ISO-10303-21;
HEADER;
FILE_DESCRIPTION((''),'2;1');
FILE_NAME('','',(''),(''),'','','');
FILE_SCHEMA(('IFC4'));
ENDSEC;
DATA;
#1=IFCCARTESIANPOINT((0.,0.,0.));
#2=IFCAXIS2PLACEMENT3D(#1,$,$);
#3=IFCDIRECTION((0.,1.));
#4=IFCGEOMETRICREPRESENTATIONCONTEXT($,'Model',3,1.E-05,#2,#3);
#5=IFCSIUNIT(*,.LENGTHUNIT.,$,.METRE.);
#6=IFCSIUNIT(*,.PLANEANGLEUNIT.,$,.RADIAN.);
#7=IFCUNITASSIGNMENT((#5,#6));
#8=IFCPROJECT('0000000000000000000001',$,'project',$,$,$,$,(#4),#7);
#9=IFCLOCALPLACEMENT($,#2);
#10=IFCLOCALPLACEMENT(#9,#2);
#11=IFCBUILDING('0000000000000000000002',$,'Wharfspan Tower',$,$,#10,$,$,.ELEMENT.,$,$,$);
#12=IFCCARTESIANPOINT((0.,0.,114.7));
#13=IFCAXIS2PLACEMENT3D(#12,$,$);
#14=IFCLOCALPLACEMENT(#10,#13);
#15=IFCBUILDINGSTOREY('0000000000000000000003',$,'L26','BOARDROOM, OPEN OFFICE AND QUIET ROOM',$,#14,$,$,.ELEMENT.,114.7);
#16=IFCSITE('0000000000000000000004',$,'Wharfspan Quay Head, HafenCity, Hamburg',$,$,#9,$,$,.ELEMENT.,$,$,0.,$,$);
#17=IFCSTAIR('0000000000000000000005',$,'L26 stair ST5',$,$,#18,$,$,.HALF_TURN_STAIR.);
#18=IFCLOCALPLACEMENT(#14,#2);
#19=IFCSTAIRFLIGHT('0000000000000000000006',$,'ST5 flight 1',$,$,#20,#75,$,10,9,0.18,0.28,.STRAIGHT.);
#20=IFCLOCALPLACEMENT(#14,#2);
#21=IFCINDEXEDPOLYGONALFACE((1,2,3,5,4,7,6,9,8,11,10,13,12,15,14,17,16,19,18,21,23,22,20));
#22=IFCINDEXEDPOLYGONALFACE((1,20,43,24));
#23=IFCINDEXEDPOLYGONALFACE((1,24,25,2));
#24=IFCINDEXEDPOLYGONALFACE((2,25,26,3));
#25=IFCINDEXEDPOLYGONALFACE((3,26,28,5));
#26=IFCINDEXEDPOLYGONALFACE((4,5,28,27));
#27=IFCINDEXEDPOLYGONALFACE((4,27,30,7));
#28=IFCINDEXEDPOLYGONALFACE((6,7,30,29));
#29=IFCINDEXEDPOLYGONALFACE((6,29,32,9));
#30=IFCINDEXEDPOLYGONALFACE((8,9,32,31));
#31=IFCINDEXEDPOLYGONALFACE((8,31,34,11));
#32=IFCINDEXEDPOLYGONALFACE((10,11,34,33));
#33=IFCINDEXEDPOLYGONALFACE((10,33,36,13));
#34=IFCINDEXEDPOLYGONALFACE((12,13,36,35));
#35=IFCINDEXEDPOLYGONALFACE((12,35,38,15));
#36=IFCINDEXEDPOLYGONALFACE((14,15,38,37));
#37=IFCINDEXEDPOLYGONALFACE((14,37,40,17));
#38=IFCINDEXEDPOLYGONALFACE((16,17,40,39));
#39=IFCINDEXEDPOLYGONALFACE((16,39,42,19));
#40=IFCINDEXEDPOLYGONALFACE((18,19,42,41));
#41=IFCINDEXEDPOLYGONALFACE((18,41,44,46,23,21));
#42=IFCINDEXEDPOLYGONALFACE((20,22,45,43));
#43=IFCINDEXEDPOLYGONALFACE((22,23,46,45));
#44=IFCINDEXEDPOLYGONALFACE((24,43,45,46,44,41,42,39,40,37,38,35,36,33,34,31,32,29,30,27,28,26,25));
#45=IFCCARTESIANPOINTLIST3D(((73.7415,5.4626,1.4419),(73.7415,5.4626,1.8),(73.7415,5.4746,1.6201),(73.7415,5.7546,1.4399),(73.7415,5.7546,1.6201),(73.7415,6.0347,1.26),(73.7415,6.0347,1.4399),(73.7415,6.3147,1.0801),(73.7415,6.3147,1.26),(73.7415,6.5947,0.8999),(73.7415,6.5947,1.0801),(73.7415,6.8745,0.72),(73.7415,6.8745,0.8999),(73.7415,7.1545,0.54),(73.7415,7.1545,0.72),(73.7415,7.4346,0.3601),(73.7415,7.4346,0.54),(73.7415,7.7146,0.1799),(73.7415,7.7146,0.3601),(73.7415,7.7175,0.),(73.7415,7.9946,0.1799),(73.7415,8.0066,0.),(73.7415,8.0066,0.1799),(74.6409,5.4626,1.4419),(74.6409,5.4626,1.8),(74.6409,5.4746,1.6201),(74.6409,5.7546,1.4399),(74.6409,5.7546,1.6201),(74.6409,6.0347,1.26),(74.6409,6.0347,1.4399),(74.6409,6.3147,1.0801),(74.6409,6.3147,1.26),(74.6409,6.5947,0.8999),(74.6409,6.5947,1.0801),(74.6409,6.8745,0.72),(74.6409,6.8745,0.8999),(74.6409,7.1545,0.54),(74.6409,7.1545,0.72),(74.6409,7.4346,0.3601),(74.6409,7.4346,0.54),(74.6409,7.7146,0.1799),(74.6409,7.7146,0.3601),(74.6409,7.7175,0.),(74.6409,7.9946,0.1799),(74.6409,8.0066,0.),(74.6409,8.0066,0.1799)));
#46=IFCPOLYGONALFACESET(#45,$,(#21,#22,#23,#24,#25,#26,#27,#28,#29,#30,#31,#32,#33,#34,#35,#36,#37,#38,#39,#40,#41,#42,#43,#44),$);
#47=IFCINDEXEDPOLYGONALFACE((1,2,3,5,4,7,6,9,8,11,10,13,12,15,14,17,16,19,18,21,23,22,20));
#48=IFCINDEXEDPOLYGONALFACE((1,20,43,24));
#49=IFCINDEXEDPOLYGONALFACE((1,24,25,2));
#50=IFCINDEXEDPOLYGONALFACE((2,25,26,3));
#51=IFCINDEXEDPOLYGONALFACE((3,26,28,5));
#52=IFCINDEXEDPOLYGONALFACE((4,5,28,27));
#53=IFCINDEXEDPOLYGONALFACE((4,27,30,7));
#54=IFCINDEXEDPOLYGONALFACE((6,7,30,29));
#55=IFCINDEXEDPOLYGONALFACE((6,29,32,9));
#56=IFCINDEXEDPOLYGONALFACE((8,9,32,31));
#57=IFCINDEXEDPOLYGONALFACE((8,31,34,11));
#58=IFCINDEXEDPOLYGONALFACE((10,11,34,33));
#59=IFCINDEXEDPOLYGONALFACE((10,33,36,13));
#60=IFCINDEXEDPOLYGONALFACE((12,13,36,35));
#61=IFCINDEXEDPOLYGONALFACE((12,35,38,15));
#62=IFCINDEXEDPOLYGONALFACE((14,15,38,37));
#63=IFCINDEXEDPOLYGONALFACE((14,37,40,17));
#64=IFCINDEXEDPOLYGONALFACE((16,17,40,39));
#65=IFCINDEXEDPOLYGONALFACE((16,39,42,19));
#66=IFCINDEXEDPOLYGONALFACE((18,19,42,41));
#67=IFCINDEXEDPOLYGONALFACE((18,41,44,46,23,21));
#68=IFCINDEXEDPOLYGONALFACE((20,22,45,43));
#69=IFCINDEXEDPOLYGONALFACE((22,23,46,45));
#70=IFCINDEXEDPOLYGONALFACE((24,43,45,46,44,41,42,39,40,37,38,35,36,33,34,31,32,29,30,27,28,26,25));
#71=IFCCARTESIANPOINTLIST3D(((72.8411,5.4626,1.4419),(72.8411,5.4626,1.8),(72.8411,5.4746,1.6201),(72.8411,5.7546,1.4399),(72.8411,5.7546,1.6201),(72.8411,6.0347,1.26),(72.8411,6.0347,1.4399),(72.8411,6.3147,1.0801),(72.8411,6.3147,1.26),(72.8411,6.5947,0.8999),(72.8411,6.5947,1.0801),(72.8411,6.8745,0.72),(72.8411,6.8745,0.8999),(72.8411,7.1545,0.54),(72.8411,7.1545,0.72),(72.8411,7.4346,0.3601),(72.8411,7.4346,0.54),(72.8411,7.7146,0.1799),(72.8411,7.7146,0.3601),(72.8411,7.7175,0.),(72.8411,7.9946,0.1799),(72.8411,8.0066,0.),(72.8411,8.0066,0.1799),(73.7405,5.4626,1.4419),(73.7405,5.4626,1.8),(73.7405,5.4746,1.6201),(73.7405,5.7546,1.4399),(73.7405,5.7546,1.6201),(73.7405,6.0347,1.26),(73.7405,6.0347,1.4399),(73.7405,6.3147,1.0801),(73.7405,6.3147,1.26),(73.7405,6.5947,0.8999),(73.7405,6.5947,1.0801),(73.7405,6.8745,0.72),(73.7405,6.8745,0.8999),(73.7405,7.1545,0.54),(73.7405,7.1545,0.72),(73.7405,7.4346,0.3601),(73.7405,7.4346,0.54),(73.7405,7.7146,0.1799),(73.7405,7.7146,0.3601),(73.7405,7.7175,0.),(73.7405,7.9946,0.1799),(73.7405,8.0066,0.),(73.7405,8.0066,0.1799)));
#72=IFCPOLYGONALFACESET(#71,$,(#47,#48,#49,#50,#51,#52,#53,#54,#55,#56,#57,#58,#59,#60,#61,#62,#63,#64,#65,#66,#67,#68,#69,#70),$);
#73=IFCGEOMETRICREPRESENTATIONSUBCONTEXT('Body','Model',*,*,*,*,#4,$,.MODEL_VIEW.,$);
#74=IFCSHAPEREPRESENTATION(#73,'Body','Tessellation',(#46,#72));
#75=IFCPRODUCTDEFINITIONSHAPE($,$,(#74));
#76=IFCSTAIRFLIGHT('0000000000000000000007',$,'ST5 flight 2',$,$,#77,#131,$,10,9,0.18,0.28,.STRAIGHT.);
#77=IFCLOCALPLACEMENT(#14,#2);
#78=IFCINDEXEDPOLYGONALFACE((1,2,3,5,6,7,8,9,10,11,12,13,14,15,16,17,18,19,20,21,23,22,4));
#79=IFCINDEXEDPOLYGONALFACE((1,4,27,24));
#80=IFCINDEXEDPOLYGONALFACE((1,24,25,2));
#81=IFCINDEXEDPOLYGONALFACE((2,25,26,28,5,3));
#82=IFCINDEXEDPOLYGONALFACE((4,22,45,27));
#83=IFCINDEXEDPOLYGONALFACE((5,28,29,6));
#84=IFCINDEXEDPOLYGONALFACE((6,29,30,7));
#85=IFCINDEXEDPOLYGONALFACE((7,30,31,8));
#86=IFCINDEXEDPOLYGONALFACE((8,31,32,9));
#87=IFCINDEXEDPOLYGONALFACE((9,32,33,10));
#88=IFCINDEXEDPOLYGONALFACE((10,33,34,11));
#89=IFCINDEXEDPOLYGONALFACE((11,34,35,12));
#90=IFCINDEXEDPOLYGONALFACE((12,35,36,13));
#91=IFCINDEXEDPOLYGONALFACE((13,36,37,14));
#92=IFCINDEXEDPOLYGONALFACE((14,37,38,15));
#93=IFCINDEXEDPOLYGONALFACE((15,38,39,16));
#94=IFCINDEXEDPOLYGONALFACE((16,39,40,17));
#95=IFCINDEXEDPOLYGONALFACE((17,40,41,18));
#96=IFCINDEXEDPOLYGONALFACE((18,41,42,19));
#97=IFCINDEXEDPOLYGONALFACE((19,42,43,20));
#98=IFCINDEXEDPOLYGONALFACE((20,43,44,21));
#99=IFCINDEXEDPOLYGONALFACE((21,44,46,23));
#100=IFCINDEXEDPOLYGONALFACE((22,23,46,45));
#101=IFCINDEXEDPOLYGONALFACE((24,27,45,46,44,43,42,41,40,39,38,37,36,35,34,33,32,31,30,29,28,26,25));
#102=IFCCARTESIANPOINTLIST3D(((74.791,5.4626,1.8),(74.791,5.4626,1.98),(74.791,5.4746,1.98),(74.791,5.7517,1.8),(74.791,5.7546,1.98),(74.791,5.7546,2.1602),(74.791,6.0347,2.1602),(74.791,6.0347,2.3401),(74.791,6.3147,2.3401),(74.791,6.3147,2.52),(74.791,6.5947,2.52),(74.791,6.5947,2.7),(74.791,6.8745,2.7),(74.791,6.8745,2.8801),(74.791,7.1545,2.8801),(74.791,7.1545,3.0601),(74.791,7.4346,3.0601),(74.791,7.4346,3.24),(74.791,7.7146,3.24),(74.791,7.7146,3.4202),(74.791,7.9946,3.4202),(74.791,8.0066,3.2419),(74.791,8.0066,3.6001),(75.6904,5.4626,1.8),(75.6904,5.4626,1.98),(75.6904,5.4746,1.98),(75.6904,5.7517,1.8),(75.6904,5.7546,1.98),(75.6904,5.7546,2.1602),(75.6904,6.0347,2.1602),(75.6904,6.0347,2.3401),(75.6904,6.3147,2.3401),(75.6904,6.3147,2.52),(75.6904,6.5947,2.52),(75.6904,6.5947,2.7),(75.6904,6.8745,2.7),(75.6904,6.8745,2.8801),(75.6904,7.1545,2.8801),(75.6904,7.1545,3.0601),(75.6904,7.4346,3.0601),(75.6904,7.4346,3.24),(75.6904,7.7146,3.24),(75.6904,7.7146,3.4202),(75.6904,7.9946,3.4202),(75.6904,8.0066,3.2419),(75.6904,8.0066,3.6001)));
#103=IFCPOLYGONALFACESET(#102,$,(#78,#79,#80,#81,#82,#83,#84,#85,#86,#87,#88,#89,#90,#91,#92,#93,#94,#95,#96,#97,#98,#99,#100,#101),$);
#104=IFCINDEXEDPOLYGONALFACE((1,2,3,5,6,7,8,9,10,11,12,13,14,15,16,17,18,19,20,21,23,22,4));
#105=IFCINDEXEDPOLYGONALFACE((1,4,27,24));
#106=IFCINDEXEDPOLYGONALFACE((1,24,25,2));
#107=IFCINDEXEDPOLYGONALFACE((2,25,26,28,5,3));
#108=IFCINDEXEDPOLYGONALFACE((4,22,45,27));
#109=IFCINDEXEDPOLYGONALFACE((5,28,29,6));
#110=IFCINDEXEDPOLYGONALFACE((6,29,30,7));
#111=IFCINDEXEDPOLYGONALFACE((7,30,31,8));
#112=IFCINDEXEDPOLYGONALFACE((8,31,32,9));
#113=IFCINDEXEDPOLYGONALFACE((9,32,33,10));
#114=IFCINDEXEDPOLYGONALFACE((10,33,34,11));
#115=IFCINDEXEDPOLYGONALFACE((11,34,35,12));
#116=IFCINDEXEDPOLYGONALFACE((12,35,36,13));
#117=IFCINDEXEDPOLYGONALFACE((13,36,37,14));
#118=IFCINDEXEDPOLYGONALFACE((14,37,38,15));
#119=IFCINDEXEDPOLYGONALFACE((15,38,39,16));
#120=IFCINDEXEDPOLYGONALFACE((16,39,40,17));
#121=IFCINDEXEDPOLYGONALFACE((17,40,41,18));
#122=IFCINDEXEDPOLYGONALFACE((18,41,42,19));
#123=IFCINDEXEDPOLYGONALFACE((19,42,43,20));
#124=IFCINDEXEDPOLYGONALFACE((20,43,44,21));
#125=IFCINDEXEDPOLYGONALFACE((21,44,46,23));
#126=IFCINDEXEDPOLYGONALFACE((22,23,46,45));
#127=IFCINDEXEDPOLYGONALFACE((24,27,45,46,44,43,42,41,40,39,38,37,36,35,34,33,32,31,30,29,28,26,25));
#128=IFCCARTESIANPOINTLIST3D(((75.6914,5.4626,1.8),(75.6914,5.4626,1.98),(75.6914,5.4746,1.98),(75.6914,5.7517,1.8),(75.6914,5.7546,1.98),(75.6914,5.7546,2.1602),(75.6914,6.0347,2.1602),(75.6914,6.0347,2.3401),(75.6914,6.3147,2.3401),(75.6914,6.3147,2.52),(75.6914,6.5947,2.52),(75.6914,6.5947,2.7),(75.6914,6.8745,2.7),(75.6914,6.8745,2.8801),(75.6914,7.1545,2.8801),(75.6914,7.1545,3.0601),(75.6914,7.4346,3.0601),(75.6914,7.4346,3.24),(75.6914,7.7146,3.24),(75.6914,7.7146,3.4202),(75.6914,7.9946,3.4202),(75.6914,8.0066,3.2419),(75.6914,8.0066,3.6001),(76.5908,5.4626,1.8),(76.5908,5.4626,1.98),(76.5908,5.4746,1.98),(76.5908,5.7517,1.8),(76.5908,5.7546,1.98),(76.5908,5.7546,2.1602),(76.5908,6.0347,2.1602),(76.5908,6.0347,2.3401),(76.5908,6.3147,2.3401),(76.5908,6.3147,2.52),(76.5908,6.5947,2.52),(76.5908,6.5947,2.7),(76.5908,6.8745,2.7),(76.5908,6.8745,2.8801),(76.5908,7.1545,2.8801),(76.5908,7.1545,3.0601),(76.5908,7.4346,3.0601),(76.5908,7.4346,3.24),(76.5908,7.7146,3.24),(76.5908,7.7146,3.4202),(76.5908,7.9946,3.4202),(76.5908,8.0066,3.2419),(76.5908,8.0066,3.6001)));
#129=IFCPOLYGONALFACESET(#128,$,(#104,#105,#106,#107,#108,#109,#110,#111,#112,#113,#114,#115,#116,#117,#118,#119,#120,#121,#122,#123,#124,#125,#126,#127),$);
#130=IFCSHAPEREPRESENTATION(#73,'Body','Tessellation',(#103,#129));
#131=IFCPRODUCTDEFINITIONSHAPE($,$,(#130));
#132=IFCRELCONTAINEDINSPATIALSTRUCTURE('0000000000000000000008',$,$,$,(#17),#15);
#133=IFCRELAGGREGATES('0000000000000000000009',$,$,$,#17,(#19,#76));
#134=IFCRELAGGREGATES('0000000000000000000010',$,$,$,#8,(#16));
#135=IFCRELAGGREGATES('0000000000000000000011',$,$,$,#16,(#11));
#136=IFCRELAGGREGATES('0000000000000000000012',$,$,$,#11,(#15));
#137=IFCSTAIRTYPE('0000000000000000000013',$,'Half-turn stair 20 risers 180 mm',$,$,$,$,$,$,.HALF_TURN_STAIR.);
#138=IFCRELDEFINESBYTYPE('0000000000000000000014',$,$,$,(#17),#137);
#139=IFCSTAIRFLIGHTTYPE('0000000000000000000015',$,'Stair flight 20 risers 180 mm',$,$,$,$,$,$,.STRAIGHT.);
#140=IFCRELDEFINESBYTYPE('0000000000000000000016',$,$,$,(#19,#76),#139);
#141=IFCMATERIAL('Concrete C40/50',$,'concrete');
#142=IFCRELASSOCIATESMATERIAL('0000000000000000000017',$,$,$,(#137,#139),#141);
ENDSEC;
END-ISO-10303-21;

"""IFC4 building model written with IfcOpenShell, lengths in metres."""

from ifc_helpers import new_model, si_unit, direction, frame, origin, place, context, subcontext, project, spatial, polyline, outline, extrude, material, type_object, element, aggregate, save


model = new_model("IFC4")

# Units and contexts
model_context = context("Model", 3, precision=1e-05, world=origin(), true_north=direction((0.0, 1.0)))
body_context = subcontext(model_context, "Body", "Model", "MODEL_VIEW")
ifc_project = project(units=[si_unit("LENGTHUNIT", "METRE"), si_unit("PLANEANGLEUNIT", "RADIAN")], contexts=[model_context])

# Site, building, storey
site_placement = place(None, origin())
site = spatial("IfcSite", under=ifc_project, at=site_placement, Name="Wharfspan Quay Head, HafenCity, Hamburg", CompositionType="ELEMENT", RefElevation=0.0)
building_placement = place(site_placement, origin())
building = spatial("IfcBuilding", under=site, at=building_placement, Name="Wharfspan Tower", CompositionType="ELEMENT")
storey_placement = place(building_placement, frame((0.0, 0.0, 114.7)))
storey = spatial("IfcBuildingStorey", under=building, at=storey_placement, Name="L26", Description="BOARDROOM, OPEN OFFICE AND QUIET ROOM", CompositionType="ELEMENT", Elevation=114.7)

# Shared definitions
ifc_material_1 = material(Name="Concrete C40/50", Category="concrete")

# Stair, stair flights
stair_type = type_object("IfcStairType", Name="Half-turn stair 20 risers 180 mm", PredefinedType="HALF_TURN_STAIR", material=ifc_material_1)
stair_placement = place(storey_placement, origin())
stair = element("IfcStair", 1, at=stair_placement, inside=storey, type_object=stair_type, Name="L26 stair ST5", PredefinedType="HALF_TURN_STAIR")
stair_flight_type = type_object("IfcStairFlightType", Name="Stair flight 20 risers 180 mm", PredefinedType="STRAIGHT", material=ifc_material_1)
stair_flight_1_placement = place(storey_placement, frame((73.741, 7.9946, 0.0), z_axis=(0.0, 0.0, 1.0), x_axis=(0.0, -1.0, 0.0)))
stair_flight_1 = element("IfcStairFlight", 2, at=stair_flight_1_placement, type_object=stair_flight_type, Name="ST5 flight 1", NumberOfRisers=10, NumberOfTreads=9, PredefinedType="STRAIGHT", RiserHeight=0.18, TreadLength=0.28, context=body_context, shape_type="SweptSolid", body=[
    extrude(outline(polyline([(-0.012, 0.0), (-0.012, 0.1799), (0.0, 0.1799), (0.28, 0.1799), (0.28, 0.3601), (0.5601, 0.3601), (0.5601, 0.54), (0.8401, 0.54), (0.8401, 0.72), (1.1201, 0.72), (1.1201, 0.8999), (1.3999, 0.8999), (1.3999, 1.0801), (1.6799, 1.0801), (1.6799, 1.26), (1.96, 1.26), (1.96, 1.4399), (2.24, 1.4399), (2.24, 1.6201), (2.52, 1.6201), (2.532, 1.8), (2.532, 1.4419), (0.2771, 0.0), (-0.012, 0.0)])), frame((0.0, 0.8999, 0.0), z_axis=(0.0, -1.0, 0.0), x_axis=(1.0, 0.0, 0.0)), (0.0, 0.0, 1.0), 0.8994),
    extrude(outline(polyline([(-0.012, 0.0), (-0.012, 0.1799), (0.0, 0.1799), (0.28, 0.1799), (0.28, 0.3601), (0.5601, 0.3601), (0.5601, 0.54), (0.8401, 0.54), (0.8401, 0.72), (1.1201, 0.72), (1.1201, 0.8999), (1.3999, 0.8999), (1.3999, 1.0801), (1.6799, 1.0801), (1.6799, 1.26), (1.96, 1.26), (1.96, 1.4399), (2.24, 1.4399), (2.24, 1.6201), (2.52, 1.6201), (2.532, 1.8), (2.532, 1.4419), (0.2771, 0.0), (-0.012, 0.0)])), frame((0.0, -0.0005, 0.0), z_axis=(0.0, -1.0, 0.0), x_axis=(1.0, 0.0, 0.0)), (0.0, 0.0, 1.0), 0.8994),
])
stair_flight_2_placement = place(storey_placement, frame((75.6909, 5.4746, 1.8), z_axis=(0.0, 0.0, 1.0), x_axis=(0.0, 1.0, 0.0)))
stair_flight_2 = element("IfcStairFlight", 3, at=stair_flight_2_placement, type_object=stair_flight_type, Name="ST5 flight 2", NumberOfRisers=10, NumberOfTreads=9, PredefinedType="STRAIGHT", RiserHeight=0.18, TreadLength=0.28, context=body_context, shape_type="SweptSolid", body=[
    extrude(outline(polyline([(-0.012, 0.0), (-0.012, 0.1799), (0.0, 0.1799), (0.28, 0.1799), (0.28, 0.3601), (0.5601, 0.3601), (0.5601, 0.54), (0.8401, 0.54), (0.8401, 0.72), (1.1201, 0.72), (1.1201, 0.8999), (1.3999, 0.8999), (1.3999, 1.0801), (1.6799, 1.0801), (1.6799, 1.26), (1.96, 1.26), (1.96, 1.4399), (2.24, 1.4399), (2.24, 1.6201), (2.52, 1.6201), (2.532, 1.8), (2.532, 1.4419), (0.2771, 0.0), (-0.012, 0.0)])), frame((0.0, 0.8999, 0.0), z_axis=(0.0, -1.0, 0.0), x_axis=(1.0, 0.0, 0.0)), (0.0, 0.0, 1.0), 0.8994),
    extrude(outline(polyline([(-0.012, 0.0), (-0.012, 0.1799), (0.0, 0.1799), (0.28, 0.1799), (0.28, 0.3601), (0.5601, 0.3601), (0.5601, 0.54), (0.8401, 0.54), (0.8401, 0.72), (1.1201, 0.72), (1.1201, 0.8999), (1.3999, 0.8999), (1.3999, 1.0801), (1.6799, 1.0801), (1.6799, 1.26), (1.96, 1.26), (1.96, 1.4399), (2.24, 1.4399), (2.24, 1.6201), (2.52, 1.6201), (2.532, 1.8), (2.532, 1.4419), (0.2771, 0.0), (-0.012, 0.0)])), frame((0.0, -0.0005, 0.0), z_axis=(0.0, -1.0, 0.0), x_axis=(1.0, 0.0, 0.0)), (0.0, 0.0, 1.0), 0.8994),
])
aggregate(stair, [stair_flight_1, stair_flight_2])

save(model, "model.ifc")
